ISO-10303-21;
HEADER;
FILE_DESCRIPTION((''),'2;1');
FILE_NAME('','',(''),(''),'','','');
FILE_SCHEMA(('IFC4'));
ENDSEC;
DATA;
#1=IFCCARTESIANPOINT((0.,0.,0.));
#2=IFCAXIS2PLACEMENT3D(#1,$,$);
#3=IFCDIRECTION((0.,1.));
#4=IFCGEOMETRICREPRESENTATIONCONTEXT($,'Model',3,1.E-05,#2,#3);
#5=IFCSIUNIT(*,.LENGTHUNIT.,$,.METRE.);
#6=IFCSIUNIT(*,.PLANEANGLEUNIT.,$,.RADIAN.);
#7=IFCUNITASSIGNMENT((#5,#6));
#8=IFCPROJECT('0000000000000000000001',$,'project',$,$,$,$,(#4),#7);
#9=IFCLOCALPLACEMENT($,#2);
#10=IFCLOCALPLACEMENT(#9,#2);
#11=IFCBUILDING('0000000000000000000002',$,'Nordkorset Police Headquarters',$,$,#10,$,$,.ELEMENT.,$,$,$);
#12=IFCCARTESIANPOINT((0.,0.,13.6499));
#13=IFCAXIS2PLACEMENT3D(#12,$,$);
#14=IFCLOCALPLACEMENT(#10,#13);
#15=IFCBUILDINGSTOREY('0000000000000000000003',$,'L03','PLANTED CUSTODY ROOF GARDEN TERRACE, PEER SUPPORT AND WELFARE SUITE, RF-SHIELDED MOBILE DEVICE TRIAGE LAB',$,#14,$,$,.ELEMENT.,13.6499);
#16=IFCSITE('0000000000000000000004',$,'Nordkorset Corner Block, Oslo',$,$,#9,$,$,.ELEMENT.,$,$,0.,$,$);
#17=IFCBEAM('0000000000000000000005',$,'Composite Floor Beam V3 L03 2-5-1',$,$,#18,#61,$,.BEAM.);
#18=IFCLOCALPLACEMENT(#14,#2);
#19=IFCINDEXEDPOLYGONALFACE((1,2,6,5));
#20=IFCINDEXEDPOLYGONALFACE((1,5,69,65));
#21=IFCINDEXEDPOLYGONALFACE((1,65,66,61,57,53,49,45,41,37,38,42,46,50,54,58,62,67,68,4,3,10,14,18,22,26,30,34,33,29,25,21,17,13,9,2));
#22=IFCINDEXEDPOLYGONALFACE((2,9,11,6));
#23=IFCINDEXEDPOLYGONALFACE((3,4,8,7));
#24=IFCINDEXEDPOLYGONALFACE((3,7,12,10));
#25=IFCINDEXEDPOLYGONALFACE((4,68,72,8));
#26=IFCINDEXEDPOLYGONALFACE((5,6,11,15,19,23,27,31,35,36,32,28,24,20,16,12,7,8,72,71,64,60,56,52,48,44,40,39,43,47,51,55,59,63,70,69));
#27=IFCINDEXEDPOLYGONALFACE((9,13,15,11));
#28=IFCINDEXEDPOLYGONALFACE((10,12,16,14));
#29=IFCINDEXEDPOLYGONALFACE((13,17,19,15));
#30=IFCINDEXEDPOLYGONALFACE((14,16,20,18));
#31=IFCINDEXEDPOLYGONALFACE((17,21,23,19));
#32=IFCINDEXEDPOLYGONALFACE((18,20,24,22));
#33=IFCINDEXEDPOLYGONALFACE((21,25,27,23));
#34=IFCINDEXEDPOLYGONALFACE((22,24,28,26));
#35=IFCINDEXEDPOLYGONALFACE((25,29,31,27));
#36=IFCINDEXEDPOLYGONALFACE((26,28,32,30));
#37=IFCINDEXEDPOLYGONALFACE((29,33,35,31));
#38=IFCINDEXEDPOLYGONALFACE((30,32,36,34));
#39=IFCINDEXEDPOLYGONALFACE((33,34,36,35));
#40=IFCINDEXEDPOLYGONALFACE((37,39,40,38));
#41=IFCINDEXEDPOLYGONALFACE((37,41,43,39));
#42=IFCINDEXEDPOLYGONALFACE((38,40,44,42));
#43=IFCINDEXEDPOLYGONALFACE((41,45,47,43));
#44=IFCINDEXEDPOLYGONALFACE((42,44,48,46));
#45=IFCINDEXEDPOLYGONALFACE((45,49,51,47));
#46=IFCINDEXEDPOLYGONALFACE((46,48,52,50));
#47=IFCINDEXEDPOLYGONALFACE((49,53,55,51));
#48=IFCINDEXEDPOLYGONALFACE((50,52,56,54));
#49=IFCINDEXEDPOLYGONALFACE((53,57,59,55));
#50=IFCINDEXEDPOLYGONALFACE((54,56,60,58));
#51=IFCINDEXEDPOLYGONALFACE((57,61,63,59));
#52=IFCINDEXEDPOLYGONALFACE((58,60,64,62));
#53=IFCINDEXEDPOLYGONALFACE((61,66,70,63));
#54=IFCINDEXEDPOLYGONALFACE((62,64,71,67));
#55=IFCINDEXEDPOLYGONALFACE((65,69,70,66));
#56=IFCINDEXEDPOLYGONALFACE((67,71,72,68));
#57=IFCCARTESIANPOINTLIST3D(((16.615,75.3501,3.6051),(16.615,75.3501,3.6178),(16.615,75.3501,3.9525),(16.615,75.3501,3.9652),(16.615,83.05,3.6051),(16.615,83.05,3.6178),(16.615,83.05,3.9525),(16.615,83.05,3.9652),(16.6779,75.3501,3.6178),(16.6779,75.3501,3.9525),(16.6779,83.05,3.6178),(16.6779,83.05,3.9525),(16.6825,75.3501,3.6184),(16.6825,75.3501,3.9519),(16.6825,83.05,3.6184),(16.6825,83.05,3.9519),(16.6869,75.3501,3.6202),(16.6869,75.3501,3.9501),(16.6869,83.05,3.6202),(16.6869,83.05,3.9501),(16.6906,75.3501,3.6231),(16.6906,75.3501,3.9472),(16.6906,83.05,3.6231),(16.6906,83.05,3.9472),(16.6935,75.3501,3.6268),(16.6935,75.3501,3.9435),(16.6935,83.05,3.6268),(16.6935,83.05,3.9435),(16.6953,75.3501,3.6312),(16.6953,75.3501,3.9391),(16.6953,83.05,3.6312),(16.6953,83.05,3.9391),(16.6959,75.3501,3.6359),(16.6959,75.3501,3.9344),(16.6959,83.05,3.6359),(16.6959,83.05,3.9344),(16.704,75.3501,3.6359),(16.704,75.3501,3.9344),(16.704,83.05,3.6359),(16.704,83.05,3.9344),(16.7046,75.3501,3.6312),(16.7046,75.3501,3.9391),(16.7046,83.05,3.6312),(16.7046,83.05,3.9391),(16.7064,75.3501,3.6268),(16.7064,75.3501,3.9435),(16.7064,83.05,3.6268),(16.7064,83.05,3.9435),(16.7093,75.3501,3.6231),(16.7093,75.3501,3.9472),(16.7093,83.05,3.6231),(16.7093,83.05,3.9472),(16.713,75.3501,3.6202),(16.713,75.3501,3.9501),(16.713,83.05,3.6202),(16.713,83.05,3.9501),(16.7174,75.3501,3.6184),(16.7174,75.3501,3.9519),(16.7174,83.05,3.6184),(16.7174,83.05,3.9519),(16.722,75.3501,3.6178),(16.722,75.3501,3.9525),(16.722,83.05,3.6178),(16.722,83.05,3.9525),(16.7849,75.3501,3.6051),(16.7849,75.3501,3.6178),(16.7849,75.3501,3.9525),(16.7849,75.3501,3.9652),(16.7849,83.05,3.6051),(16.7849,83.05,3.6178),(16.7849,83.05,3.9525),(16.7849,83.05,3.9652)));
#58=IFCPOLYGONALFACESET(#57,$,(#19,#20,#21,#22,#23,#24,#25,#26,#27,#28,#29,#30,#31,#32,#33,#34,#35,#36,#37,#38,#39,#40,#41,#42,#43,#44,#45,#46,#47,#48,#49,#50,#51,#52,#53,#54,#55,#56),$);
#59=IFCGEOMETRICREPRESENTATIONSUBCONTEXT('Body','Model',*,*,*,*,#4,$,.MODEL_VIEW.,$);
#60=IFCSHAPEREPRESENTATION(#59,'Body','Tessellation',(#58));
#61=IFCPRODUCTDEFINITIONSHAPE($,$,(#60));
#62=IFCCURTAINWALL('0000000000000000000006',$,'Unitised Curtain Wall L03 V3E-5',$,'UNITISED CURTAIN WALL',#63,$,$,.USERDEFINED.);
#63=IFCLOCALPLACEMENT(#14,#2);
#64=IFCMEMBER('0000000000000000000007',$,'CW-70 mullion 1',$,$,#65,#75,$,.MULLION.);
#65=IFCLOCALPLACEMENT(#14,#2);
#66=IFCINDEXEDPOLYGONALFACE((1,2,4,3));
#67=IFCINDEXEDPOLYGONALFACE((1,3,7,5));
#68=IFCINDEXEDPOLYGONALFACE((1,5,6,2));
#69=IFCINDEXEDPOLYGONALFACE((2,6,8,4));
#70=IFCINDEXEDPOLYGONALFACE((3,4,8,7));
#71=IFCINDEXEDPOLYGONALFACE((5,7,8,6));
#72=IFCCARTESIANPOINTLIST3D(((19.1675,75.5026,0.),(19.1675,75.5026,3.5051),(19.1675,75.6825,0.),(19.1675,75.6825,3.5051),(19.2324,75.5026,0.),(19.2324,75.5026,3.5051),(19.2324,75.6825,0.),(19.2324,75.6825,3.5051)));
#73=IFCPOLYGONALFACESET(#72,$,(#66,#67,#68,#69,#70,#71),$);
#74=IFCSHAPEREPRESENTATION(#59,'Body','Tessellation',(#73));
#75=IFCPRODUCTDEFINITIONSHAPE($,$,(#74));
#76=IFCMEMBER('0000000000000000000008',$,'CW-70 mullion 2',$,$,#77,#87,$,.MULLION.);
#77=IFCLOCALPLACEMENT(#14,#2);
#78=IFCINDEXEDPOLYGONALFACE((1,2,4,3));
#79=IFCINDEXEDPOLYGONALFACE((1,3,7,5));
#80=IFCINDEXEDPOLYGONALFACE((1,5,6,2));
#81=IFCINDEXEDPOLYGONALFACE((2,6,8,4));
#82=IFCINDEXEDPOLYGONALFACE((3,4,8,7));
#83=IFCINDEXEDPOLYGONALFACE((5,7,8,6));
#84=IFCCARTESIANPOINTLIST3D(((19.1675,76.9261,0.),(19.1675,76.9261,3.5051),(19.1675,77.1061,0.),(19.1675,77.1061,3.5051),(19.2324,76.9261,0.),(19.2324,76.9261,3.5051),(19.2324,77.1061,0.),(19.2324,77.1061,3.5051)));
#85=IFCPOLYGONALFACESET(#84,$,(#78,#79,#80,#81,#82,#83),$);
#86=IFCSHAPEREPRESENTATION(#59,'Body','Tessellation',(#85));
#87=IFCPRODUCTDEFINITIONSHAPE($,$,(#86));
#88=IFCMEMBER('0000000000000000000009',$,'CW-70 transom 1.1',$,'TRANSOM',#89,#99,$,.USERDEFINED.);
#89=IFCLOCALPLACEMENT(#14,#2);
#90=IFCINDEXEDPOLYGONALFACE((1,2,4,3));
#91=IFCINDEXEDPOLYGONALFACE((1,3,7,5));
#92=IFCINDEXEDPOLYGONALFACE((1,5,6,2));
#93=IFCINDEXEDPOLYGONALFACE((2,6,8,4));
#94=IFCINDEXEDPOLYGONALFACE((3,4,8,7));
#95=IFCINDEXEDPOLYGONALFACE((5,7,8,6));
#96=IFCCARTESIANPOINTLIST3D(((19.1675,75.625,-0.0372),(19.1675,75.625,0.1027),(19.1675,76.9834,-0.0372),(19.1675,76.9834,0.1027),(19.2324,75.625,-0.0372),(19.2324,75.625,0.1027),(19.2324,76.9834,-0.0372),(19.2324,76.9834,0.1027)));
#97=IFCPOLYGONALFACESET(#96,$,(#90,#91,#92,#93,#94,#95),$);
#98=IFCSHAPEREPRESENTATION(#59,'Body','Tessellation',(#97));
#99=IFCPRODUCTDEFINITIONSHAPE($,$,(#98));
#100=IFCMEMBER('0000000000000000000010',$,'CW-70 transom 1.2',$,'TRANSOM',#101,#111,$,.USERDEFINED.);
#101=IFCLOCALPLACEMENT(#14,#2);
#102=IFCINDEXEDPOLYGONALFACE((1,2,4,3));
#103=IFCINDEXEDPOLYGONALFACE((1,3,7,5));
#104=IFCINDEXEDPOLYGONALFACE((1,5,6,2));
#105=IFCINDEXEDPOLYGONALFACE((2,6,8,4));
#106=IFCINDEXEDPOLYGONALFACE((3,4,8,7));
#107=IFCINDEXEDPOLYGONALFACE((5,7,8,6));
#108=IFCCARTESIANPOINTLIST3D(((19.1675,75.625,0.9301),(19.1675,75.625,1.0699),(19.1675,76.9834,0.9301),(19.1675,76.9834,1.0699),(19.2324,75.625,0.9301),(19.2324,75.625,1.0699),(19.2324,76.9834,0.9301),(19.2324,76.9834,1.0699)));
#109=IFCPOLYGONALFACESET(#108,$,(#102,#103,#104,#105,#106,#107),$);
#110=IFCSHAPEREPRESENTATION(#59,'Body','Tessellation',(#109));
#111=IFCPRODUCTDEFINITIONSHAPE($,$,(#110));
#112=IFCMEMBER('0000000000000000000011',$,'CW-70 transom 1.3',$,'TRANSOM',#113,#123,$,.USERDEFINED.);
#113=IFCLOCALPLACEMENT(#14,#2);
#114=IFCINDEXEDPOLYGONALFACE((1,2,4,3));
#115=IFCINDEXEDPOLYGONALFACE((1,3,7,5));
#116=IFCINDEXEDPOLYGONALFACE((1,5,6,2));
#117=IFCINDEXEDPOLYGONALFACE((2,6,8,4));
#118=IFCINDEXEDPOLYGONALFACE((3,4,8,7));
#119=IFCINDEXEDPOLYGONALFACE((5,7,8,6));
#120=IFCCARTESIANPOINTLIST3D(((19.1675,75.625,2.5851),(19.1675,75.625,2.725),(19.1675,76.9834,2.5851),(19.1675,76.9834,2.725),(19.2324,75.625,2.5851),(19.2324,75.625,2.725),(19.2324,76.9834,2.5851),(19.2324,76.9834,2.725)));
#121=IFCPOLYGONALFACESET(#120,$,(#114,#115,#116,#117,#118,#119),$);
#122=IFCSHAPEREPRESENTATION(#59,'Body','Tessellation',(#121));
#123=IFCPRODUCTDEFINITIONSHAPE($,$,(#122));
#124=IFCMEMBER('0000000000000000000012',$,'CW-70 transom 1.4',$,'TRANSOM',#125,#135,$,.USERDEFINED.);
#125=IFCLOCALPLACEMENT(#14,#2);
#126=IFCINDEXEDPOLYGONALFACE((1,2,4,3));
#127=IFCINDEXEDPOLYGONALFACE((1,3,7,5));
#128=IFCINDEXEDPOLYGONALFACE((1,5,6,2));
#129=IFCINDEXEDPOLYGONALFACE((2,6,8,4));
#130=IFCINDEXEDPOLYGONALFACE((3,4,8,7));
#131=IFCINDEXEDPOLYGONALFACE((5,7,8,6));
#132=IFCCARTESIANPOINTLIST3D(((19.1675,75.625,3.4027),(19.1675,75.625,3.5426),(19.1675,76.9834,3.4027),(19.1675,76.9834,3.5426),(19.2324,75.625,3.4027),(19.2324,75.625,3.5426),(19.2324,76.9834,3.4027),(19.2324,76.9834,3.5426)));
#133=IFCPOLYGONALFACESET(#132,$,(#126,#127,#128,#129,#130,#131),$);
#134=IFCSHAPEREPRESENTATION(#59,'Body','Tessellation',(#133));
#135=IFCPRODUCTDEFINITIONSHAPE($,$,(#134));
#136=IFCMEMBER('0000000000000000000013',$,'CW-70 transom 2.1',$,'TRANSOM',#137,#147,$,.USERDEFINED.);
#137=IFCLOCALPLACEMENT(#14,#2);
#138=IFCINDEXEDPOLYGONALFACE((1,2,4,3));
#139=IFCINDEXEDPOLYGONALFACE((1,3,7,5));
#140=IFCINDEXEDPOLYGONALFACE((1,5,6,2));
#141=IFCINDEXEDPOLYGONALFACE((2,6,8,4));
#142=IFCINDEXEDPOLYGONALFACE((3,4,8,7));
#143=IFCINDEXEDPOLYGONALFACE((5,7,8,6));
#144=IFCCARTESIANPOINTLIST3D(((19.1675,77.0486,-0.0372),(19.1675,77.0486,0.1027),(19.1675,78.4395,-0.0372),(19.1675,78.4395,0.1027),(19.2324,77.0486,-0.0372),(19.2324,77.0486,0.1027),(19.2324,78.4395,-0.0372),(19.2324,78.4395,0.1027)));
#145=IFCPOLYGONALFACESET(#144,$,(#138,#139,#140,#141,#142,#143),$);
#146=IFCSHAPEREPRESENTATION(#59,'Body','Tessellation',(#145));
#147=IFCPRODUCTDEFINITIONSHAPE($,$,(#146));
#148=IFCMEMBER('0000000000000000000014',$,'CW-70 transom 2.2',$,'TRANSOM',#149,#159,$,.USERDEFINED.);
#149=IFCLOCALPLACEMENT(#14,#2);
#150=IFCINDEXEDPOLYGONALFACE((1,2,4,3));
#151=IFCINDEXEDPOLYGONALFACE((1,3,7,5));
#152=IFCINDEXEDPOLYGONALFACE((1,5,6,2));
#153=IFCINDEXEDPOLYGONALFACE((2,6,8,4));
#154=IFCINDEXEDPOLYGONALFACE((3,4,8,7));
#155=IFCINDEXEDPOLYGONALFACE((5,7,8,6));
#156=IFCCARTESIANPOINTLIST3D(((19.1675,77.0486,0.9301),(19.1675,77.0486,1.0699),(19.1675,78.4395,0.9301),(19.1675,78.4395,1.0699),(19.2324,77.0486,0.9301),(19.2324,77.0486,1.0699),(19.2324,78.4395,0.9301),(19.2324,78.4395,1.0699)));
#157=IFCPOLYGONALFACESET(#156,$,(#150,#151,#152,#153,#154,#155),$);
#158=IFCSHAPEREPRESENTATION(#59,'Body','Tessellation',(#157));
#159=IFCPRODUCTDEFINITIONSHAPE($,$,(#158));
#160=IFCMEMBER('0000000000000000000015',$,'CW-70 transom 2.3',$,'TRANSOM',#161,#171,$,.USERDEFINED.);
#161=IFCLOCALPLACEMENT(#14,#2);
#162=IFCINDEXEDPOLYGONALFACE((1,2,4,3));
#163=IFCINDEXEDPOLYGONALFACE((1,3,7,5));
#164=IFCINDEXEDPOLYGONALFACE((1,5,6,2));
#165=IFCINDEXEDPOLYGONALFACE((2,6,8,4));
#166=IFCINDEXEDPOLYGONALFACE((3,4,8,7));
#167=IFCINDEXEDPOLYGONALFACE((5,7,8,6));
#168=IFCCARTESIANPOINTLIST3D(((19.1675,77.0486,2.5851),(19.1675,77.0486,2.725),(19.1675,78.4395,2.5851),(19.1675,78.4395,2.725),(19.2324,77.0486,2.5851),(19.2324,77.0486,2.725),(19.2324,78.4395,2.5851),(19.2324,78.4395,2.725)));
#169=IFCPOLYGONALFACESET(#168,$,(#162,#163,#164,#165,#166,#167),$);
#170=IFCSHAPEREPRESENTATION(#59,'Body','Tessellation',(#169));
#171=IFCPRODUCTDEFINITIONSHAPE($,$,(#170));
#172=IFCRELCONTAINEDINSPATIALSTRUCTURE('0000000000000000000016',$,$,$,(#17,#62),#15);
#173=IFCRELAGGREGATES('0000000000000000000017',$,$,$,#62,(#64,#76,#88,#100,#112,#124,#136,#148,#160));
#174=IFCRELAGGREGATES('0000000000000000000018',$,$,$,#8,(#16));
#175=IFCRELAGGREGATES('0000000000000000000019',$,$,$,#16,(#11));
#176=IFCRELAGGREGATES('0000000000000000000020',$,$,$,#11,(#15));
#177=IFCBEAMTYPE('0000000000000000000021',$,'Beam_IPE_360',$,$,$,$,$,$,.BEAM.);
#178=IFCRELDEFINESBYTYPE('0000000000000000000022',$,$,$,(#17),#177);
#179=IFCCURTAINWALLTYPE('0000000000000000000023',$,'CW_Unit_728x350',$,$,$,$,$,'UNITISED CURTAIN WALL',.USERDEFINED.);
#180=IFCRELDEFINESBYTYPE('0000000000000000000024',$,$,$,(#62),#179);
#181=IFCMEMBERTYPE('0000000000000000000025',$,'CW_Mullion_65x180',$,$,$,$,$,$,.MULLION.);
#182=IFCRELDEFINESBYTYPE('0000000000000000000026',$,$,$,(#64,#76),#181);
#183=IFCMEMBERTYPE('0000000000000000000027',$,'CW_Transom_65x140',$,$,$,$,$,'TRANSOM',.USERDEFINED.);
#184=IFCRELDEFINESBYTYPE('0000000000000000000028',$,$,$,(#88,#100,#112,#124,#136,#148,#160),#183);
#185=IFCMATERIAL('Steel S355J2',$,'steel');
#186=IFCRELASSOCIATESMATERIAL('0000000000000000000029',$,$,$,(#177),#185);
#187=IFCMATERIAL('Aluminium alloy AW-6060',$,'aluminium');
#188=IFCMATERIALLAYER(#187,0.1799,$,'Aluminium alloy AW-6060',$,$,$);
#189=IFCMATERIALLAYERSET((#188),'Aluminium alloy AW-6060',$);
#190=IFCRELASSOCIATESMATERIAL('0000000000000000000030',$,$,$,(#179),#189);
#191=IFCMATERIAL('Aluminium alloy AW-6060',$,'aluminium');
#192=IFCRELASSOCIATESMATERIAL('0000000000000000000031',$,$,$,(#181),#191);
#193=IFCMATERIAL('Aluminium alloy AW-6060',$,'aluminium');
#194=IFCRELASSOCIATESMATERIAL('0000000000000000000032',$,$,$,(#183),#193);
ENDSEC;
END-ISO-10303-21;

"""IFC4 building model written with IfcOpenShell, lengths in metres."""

from ifc_helpers import new_model, si_unit, direction, frame, origin, origin_2d, place, context, subcontext, project, spatial, rectangle, i_section, extrude, material, layer, layer_set, material_profile, profile_set, type_object, element, aggregate, save


model = new_model("IFC4")

# Units and contexts
model_context = context("Model", 3, precision=1e-05, world=origin(), true_north=direction((0.0, 1.0)))
body_context = subcontext(model_context, "Body", "Model", "MODEL_VIEW")
ifc_project = project(units=[si_unit("LENGTHUNIT", "METRE"), si_unit("PLANEANGLEUNIT", "RADIAN")], contexts=[model_context])

# Site, building, storey
site_placement = place(None, origin())
site = spatial("IfcSite", under=ifc_project, at=site_placement, Name="Nordkorset Corner Block, Oslo", CompositionType="ELEMENT", RefElevation=0.0)
building_placement = place(site_placement, origin())
building = spatial("IfcBuilding", under=site, at=building_placement, Name="Nordkorset Police Headquarters", CompositionType="ELEMENT")
storey_placement = place(building_placement, frame((0.0, 0.0, 13.6499)))
storey = spatial("IfcBuildingStorey", under=building, at=storey_placement, Name="L03", Description="PLANTED CUSTODY ROOF GARDEN TERRACE, PEER SUPPORT AND WELFARE SUITE, RF-SHIELDED MOBILE DEVICE TRIAGE LAB", CompositionType="ELEMENT", Elevation=13.6499)

# Beam
ifc_material_1 = material(Name="Steel S355J2", Category="steel")
ifc_material_profile_1 = material_profile(ifc_material_1, i_section(OverallWidth=0.1699, OverallDepth=0.3601, WebThickness=0.0081, FlangeThickness=0.0127, FilletRadius=0.0181, at=origin_2d()), Name="IPE 360")
ifc_profile_set_1 = profile_set([ifc_material_profile_1], Name="Steel S355J2")
beam_type_1 = type_object("IfcBeamType", Name="Beam_IPE_360", PredefinedType="BEAM", material=ifc_profile_set_1)
for number, where, z_axis, x_axis, name in (
    (1, (16.7, 75.3501, 3.7852), (0.0, 1.0, 0.0), (-1.0, 0.0, 0.0), "Composite Floor Beam V3 L03 2-5-1"),
):
    element("IfcBeam", number, at=place(storey_placement, frame(where, z_axis=z_axis, x_axis=x_axis)), inside=storey, type_object=beam_type_1, Name=name, PredefinedType="BEAM", context=body_context, shape_type="SweptSolid", body=[
        extrude(i_section(OverallWidth=0.1699, OverallDepth=0.3601, WebThickness=0.0081, FlangeThickness=0.0127, FilletRadius=0.0181, at=origin_2d()), origin(), (0.0, 0.0, 1.0), 7.7),
    ])

# Curtain wall, members
ifc_material_2 = material(Name="Aluminium alloy AW-6060", Category="aluminium")
ifc_layer_1 = layer(ifc_material_2, 0.1799, Name="Aluminium alloy AW-6060")
ifc_layer_set_1 = layer_set([ifc_layer_1], Name="Aluminium alloy AW-6060")
curtain_wall_type = type_object("IfcCurtainWallType", Name="CW_Unit_728x350", ElementType="UNITISED CURTAIN WALL", PredefinedType="USERDEFINED", material=ifc_layer_set_1)
curtain_wall_placement = place(storey_placement, origin())
curtain_wall = element("IfcCurtainWall", 2, at=curtain_wall_placement, inside=storey, type_object=curtain_wall_type, Name="Unitised Curtain Wall L03 V3E-5", ObjectType="UNITISED CURTAIN WALL", PredefinedType="USERDEFINED")
ifc_material_3 = material(Name="Aluminium alloy AW-6060", Category="aluminium")
ifc_material_profile_2 = material_profile(ifc_material_3, rectangle(XDim=0.0649, YDim=0.1799, at=origin_2d()), Name="ALU MULL 65x180")
ifc_profile_set_2 = profile_set([ifc_material_profile_2], Name="Aluminium alloy AW-6060")
member_type_1 = type_object("IfcMemberType", Name="CW_Mullion_65x180", PredefinedType="MULLION", material=ifc_profile_set_2)
member_1_placement = place(storey_placement, frame((19.2, 75.5925, 0.0), z_axis=(0.0, 0.0, 1.0), x_axis=(-1.0, 0.0, 0.0)))
member_1 = element("IfcMember", 3, at=member_1_placement, type_object=member_type_1, Name="CW-70 mullion 1", PredefinedType="MULLION", context=body_context, shape_type="SweptSolid", body=[
    extrude(rectangle(XDim=0.0649, YDim=0.1799, at=origin_2d()), origin(), (0.0, 0.0, 1.0), 3.5051),
])
member_2_placement = place(storey_placement, frame((19.2, 77.0161, 0.0), z_axis=(0.0, 0.0, 1.0), x_axis=(-1.0, 0.0, 0.0)))
member_2 = element("IfcMember", 4, at=member_2_placement, type_object=member_type_1, Name="CW-70 mullion 2", PredefinedType="MULLION", context=body_context, shape_type="SweptSolid", body=[
    extrude(rectangle(XDim=0.0649, YDim=0.1799, at=origin_2d()), origin(), (0.0, 0.0, 1.0), 3.5051),
])
ifc_material_4 = material(Name="Aluminium alloy AW-6060", Category="aluminium")
ifc_material_profile_3 = material_profile(ifc_material_4, rectangle(XDim=0.0649, YDim=0.1399, at=origin_2d()), Name="ALU TRAN 65x140")
ifc_profile_set_3 = profile_set([ifc_material_profile_3], Name="Aluminium alloy AW-6060")
member_type_2 = type_object("IfcMemberType", Name="CW_Transom_65x140", ElementType="TRANSOM", PredefinedType="USERDEFINED", material=ifc_profile_set_3)
member_3_placement = place(storey_placement, frame((19.2, 75.625, 0.0327), z_axis=(0.0, 1.0, 0.0), x_axis=(-1.0, 0.0, 0.0)))
member_3 = element("IfcMember", 5, at=member_3_placement, type_object=member_type_2, Name="CW-70 transom 1.1", ObjectType="TRANSOM", PredefinedType="USERDEFINED", context=body_context, shape_type="SweptSolid", body=[
    extrude(rectangle(XDim=0.0649, YDim=0.1399, at=origin_2d()), origin(), (0.0, 0.0, 1.0), 1.3584),
])
member_4_placement = place(storey_placement, frame((19.2, 75.625, 1.0), z_axis=(0.0, 1.0, 0.0), x_axis=(-1.0, 0.0, 0.0)))
member_4 = element("IfcMember", 6, at=member_4_placement, type_object=member_type_2, Name="CW-70 transom 1.2", ObjectType="TRANSOM", PredefinedType="USERDEFINED", context=body_context, shape_type="SweptSolid", body=[
    extrude(rectangle(XDim=0.0649, YDim=0.1399, at=origin_2d()), origin(), (0.0, 0.0, 1.0), 1.3584),
])
member_5_placement = place(storey_placement, frame((19.2, 75.625, 2.655), z_axis=(0.0, 1.0, 0.0), x_axis=(-1.0, 0.0, 0.0)))
member_5 = element("IfcMember", 7, at=member_5_placement, type_object=member_type_2, Name="CW-70 transom 1.3", ObjectType="TRANSOM", PredefinedType="USERDEFINED", context=body_context, shape_type="SweptSolid", body=[
    extrude(rectangle(XDim=0.0649, YDim=0.1399, at=origin_2d()), origin(), (0.0, 0.0, 1.0), 1.3584),
])
member_6_placement = place(storey_placement, frame((19.2, 75.625, 3.4727), z_axis=(0.0, 1.0, 0.0), x_axis=(-1.0, 0.0, 0.0)))
member_6 = element("IfcMember", 8, at=member_6_placement, type_object=member_type_2, Name="CW-70 transom 1.4", ObjectType="TRANSOM", PredefinedType="USERDEFINED", context=body_context, shape_type="SweptSolid", body=[
    extrude(rectangle(XDim=0.0649, YDim=0.1399, at=origin_2d()), origin(), (0.0, 0.0, 1.0), 1.3584),
])
member_7_placement = place(storey_placement, frame((19.2, 77.0486, 0.0327), z_axis=(0.0, 1.0, 0.0), x_axis=(-1.0, 0.0, 0.0)))
member_7 = element("IfcMember", 9, at=member_7_placement, type_object=member_type_2, Name="CW-70 transom 2.1", ObjectType="TRANSOM", PredefinedType="USERDEFINED", context=body_context, shape_type="SweptSolid", body=[
    extrude(rectangle(XDim=0.0649, YDim=0.1399, at=origin_2d()), origin(), (0.0, 0.0, 1.0), 1.3909),
])
member_8_placement = place(storey_placement, frame((19.2, 77.0486, 1.0), z_axis=(0.0, 1.0, 0.0), x_axis=(-1.0, 0.0, 0.0)))
member_8 = element("IfcMember", 10, at=member_8_placement, type_object=member_type_2, Name="CW-70 transom 2.2", ObjectType="TRANSOM", PredefinedType="USERDEFINED", context=body_context, shape_type="SweptSolid", body=[
    extrude(rectangle(XDim=0.0649, YDim=0.1399, at=origin_2d()), origin(), (0.0, 0.0, 1.0), 1.3909),
])
member_9_placement = place(storey_placement, frame((19.2, 77.0486, 2.655), z_axis=(0.0, 1.0, 0.0), x_axis=(-1.0, 0.0, 0.0)))
member_9 = element("IfcMember", 11, at=member_9_placement, type_object=member_type_2, Name="CW-70 transom 2.3", ObjectType="TRANSOM", PredefinedType="USERDEFINED", context=body_context, shape_type="SweptSolid", body=[
    extrude(rectangle(XDim=0.0649, YDim=0.1399, at=origin_2d()), origin(), (0.0, 0.0, 1.0), 1.3909),
])

aggregate(curtain_wall, [member_1, member_2, member_3, member_4, member_5, member_6, member_7, member_8, member_9])

save(model, "model.ifc")
